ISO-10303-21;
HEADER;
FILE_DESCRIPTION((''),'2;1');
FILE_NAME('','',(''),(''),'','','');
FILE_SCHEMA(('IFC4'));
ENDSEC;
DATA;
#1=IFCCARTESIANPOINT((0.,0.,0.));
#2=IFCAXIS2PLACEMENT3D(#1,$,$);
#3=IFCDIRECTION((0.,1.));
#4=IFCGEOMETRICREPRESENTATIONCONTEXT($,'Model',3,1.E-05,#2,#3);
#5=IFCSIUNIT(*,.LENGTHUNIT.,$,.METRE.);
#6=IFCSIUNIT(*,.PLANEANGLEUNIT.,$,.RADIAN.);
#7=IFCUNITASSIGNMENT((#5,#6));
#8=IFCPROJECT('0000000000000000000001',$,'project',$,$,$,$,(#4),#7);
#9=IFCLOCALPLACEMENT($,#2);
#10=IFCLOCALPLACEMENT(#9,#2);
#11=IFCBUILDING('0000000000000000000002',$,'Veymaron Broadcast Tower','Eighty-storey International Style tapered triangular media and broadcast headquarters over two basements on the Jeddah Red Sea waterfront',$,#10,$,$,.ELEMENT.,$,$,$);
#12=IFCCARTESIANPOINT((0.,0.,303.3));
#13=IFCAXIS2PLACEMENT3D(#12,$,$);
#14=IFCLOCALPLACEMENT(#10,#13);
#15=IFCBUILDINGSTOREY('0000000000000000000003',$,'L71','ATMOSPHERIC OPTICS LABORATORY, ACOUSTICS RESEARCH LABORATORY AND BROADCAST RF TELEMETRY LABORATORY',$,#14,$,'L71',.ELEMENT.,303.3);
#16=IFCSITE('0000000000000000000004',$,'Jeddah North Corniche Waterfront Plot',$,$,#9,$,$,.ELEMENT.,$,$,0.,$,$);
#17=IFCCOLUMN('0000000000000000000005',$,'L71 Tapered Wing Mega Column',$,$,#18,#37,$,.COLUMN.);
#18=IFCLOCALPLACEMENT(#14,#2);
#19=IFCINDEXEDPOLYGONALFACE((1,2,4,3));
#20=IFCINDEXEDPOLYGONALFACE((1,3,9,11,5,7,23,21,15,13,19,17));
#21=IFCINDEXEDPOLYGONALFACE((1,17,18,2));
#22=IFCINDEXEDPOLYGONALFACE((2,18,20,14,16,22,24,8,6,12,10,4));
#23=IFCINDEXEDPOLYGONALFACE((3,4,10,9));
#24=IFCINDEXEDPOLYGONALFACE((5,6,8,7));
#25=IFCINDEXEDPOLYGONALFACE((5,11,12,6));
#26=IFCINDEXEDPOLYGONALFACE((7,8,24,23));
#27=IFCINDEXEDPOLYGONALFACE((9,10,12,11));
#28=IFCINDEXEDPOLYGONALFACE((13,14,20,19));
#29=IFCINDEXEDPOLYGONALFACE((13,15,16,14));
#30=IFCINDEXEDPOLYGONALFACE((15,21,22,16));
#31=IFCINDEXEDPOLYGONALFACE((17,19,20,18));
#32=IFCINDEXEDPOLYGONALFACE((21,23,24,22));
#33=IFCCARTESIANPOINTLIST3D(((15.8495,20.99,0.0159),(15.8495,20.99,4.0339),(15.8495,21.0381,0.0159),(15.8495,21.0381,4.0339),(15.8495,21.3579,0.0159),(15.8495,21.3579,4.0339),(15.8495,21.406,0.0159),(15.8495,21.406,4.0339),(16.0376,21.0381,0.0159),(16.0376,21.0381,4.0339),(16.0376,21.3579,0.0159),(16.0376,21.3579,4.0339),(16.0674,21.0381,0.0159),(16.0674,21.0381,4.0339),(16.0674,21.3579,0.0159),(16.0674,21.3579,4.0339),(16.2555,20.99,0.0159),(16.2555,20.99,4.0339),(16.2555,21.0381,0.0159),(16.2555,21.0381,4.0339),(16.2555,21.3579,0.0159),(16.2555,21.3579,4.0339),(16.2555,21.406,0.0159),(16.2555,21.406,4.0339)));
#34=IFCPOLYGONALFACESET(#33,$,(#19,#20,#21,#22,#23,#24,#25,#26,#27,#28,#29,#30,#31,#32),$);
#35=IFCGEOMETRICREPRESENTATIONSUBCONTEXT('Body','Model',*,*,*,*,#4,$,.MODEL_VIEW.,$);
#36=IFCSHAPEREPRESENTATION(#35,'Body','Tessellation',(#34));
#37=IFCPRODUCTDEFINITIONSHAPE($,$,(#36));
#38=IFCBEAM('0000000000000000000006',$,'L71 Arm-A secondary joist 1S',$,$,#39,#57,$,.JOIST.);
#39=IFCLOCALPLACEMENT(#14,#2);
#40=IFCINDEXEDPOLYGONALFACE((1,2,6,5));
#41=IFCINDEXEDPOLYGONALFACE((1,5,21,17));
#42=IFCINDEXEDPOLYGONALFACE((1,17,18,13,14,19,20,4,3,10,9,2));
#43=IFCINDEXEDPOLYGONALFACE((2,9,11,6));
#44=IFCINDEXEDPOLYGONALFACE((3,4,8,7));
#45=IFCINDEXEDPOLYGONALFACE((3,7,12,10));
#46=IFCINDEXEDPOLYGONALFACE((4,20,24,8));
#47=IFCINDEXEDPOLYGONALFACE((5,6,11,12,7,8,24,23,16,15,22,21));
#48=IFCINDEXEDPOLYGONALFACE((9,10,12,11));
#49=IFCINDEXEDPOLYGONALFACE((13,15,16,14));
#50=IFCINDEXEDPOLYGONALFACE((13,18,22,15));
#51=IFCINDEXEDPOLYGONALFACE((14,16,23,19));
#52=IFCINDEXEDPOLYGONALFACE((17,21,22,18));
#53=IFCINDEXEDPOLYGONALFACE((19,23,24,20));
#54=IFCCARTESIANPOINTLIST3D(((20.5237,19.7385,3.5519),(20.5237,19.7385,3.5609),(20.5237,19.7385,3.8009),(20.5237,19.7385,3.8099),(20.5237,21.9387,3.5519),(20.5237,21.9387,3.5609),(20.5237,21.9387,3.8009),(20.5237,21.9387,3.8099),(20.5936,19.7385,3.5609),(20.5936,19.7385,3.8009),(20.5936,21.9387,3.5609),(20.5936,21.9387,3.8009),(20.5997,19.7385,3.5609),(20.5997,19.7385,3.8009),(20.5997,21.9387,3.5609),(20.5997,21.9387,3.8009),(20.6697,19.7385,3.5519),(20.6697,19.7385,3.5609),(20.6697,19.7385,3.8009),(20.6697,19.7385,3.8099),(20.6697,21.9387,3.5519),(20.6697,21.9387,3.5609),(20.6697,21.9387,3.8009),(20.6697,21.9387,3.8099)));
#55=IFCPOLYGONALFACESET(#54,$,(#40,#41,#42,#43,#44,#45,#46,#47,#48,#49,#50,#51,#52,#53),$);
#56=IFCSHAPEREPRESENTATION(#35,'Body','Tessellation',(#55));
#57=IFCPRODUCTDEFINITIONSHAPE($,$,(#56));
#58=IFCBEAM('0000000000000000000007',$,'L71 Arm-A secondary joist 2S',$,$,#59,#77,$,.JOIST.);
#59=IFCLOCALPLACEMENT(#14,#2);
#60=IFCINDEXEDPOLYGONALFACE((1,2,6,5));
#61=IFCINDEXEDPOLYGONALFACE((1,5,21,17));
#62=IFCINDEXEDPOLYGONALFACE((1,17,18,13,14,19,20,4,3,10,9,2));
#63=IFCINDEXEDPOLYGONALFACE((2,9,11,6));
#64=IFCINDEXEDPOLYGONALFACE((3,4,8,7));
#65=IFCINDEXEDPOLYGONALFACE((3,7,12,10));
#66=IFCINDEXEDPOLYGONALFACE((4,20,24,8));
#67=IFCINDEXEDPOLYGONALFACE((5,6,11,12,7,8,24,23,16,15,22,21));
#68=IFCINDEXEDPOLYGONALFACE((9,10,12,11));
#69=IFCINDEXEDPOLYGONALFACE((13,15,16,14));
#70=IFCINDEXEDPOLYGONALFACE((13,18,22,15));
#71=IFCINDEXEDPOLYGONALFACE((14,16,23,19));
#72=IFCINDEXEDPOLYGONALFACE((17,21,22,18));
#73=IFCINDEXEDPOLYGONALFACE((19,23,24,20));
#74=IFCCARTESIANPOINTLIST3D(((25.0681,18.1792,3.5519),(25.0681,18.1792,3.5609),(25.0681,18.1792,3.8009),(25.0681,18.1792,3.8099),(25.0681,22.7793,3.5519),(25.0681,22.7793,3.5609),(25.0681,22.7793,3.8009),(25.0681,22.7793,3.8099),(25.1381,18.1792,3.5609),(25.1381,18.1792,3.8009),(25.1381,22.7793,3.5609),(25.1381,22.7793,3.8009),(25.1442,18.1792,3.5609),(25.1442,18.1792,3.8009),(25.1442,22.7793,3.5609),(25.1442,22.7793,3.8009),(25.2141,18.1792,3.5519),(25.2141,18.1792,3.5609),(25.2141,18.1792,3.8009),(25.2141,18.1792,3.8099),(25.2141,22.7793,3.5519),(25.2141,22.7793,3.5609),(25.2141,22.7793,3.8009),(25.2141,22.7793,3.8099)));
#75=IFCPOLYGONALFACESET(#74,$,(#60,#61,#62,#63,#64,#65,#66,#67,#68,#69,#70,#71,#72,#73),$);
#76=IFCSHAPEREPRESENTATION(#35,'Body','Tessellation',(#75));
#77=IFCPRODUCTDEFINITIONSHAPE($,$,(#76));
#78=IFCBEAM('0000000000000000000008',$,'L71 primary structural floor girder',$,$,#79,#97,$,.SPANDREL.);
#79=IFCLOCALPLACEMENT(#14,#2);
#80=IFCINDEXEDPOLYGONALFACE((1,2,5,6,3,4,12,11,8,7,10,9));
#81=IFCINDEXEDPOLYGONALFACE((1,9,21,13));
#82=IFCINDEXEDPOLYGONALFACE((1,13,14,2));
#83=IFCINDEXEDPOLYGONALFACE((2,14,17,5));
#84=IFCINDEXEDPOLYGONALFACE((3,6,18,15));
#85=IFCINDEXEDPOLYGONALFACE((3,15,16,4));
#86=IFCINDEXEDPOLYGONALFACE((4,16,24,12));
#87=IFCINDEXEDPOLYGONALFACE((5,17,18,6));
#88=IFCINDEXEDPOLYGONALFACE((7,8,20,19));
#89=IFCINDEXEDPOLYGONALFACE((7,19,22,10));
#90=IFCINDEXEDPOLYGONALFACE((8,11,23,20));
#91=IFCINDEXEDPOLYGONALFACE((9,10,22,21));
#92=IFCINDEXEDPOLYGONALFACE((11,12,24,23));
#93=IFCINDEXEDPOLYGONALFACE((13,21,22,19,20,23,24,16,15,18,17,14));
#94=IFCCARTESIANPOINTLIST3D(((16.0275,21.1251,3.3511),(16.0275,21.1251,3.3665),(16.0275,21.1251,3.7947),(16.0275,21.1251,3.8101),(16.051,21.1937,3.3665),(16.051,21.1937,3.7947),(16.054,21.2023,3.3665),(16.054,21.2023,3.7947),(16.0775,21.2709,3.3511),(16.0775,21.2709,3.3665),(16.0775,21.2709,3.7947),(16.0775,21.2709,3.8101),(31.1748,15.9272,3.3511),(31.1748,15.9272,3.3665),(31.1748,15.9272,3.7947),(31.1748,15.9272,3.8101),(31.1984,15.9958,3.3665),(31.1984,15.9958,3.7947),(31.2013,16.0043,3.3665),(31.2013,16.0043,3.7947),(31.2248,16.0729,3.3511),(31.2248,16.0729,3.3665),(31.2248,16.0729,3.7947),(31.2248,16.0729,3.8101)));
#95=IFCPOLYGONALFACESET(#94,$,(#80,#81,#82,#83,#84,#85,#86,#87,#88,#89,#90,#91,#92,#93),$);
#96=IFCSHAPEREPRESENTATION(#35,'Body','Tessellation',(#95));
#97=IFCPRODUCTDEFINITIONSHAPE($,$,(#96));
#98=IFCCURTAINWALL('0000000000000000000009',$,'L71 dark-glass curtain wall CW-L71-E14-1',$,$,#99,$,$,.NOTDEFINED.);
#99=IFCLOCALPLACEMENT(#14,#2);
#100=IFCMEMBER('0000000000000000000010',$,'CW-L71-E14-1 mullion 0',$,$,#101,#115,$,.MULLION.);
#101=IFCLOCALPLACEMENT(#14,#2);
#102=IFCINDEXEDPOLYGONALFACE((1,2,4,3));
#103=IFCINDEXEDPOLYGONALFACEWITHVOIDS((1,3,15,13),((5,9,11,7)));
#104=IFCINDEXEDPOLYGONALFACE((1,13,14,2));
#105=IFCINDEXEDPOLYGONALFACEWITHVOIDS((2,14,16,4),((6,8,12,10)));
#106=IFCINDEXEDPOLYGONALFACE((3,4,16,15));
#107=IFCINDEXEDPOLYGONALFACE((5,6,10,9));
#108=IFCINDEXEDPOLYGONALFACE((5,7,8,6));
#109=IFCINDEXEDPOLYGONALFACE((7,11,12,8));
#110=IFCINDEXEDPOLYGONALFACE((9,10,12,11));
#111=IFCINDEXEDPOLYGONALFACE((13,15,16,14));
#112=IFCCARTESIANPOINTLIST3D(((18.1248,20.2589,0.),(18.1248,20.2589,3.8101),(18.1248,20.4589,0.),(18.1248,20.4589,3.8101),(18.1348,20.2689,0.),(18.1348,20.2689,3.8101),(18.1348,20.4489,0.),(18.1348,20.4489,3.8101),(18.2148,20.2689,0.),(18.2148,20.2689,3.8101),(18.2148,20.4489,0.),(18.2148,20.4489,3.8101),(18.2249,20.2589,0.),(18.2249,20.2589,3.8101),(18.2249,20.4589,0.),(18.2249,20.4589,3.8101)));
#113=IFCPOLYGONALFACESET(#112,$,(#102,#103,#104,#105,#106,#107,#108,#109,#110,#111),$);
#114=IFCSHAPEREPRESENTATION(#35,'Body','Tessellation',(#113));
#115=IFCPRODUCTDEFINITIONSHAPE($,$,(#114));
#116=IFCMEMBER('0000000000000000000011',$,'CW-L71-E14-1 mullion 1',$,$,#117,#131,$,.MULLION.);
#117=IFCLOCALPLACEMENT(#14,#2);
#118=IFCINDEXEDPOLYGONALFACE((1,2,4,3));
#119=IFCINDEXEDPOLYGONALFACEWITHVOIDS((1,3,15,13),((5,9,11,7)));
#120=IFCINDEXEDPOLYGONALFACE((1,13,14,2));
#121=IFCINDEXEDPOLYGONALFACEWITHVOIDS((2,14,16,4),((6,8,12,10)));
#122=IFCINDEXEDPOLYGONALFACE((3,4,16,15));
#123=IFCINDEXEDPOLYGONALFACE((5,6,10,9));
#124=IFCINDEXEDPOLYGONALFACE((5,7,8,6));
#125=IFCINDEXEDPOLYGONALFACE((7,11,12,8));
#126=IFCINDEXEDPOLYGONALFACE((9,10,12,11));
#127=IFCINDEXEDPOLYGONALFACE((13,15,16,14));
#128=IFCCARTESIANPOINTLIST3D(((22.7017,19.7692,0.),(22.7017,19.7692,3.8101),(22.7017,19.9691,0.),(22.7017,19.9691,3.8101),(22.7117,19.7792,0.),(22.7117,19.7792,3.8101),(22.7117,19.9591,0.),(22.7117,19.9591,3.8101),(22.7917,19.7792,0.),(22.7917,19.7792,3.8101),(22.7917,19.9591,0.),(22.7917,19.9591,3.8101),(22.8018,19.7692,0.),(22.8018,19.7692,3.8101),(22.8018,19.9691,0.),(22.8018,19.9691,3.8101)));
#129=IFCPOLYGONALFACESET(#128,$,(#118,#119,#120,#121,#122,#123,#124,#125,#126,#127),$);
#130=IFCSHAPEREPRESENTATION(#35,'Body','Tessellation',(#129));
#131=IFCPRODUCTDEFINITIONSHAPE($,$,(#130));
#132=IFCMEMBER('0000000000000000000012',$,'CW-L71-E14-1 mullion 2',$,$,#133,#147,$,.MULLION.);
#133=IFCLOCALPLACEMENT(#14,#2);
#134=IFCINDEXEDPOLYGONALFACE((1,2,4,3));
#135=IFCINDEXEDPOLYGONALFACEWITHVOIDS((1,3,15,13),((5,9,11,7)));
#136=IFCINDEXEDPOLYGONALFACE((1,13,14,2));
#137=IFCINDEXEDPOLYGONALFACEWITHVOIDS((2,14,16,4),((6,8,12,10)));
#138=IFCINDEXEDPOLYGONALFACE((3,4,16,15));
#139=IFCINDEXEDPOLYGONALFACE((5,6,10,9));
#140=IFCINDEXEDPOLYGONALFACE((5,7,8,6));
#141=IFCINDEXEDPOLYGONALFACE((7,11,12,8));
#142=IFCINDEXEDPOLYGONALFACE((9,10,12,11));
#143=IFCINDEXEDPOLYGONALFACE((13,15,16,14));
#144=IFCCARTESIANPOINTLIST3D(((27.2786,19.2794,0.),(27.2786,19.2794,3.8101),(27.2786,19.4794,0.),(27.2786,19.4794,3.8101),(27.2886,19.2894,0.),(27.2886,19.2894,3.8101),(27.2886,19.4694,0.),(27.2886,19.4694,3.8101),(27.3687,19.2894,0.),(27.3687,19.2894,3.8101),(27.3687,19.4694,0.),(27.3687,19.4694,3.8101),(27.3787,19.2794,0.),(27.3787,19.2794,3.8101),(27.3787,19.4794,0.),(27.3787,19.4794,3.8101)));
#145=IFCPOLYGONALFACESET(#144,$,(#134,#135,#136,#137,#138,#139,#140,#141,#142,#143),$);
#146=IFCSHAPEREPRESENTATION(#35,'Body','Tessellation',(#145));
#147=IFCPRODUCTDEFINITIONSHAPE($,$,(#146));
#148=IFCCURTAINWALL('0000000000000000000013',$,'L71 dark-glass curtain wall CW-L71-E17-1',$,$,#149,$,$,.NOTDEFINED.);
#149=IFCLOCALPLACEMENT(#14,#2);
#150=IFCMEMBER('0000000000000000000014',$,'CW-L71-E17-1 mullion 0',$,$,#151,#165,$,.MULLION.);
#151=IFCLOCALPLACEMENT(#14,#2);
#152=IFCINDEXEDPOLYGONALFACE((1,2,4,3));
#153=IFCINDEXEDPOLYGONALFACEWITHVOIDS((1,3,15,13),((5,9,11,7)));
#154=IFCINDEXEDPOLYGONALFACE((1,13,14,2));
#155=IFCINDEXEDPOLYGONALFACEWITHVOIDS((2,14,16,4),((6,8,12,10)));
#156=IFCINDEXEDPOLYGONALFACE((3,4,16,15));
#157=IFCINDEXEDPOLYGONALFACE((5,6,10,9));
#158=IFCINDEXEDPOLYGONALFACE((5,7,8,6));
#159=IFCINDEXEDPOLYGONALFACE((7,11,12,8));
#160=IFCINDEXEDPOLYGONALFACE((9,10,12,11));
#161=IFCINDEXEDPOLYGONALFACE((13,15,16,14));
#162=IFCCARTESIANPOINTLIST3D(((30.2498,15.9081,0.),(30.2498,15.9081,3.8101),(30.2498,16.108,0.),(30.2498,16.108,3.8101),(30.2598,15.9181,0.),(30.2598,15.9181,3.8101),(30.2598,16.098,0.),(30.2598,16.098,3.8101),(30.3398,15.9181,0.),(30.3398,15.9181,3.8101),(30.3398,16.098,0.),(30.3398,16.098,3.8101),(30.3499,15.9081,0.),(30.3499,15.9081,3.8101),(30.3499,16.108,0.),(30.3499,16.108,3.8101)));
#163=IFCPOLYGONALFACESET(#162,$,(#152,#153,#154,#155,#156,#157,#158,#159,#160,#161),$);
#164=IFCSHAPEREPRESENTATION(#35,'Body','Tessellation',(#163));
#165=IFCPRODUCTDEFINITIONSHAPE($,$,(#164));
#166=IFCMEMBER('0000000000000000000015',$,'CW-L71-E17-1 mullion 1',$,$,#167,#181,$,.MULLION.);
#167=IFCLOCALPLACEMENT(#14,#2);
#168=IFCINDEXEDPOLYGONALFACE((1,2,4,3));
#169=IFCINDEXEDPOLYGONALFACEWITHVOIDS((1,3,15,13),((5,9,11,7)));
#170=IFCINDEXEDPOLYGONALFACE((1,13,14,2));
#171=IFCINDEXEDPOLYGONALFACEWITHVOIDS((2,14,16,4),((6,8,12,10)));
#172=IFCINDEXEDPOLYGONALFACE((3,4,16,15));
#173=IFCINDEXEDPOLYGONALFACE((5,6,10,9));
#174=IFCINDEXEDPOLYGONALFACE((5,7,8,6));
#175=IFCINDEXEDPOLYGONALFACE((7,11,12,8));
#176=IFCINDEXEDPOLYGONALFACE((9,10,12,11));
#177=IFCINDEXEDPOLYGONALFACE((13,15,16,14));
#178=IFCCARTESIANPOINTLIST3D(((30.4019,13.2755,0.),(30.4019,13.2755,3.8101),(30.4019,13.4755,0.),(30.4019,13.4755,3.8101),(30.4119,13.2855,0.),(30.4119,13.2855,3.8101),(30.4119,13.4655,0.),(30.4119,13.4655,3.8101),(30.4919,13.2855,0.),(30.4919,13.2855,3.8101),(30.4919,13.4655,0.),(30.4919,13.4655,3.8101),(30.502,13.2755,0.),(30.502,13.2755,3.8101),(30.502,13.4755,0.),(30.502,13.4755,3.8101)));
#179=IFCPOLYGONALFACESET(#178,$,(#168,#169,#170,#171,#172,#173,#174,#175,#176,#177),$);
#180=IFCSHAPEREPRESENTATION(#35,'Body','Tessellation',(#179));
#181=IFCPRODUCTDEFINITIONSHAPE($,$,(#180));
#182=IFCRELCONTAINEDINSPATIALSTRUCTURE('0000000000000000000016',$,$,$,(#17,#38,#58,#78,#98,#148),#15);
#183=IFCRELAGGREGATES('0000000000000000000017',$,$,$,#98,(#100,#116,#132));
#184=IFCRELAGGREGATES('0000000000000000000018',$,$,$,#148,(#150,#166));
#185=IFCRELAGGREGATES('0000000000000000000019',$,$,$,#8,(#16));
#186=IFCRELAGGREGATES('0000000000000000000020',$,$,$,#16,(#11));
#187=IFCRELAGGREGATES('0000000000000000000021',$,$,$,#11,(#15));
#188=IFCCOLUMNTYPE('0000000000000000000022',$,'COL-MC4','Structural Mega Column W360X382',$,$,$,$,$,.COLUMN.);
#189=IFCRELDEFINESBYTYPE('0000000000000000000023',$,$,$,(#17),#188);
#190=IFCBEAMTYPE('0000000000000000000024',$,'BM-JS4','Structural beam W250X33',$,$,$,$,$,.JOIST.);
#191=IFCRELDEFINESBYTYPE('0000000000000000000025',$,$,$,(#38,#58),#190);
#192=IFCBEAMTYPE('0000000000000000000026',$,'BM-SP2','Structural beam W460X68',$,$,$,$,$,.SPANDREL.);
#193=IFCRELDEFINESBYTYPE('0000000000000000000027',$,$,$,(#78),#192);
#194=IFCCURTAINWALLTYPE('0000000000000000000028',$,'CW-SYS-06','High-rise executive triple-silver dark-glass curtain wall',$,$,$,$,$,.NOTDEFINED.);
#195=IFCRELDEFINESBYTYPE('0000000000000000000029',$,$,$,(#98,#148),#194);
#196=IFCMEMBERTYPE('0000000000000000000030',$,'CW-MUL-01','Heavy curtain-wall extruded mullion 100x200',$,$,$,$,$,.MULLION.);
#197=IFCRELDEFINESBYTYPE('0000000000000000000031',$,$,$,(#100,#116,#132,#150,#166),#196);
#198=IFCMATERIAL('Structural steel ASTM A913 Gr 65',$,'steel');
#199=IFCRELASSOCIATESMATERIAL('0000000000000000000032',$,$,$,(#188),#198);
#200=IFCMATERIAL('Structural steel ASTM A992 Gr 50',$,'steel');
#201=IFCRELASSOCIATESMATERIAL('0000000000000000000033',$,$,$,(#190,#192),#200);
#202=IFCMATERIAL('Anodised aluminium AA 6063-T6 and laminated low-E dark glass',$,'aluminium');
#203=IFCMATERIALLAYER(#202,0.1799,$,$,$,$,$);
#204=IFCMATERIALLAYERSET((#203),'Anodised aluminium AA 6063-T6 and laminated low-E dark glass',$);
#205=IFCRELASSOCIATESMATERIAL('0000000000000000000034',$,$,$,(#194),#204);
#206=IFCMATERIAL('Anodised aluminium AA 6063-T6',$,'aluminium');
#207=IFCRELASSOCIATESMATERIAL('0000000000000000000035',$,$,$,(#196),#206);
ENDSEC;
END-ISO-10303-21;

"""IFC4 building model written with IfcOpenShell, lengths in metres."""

from ifc_helpers import new_model, si_unit, direction, frame, origin, origin_2d, place, context, subcontext, project, spatial, hollow_rectangle, i_section, extrude, material, layer, layer_set, material_profile, profile_set, type_object, element, aggregate, save


model = new_model("IFC4")

# Units and contexts
model_context = context("Model", 3, precision=1e-05, world=origin(), true_north=direction((0.0, 1.0)))
body_context = subcontext(model_context, "Body", "Model", "MODEL_VIEW")
ifc_project = project(units=[si_unit("LENGTHUNIT", "METRE"), si_unit("PLANEANGLEUNIT", "RADIAN")], contexts=[model_context])

# Site, building, storey
site_placement = place(None, origin())
site = spatial("IfcSite", under=ifc_project, at=site_placement, Name="Jeddah North Corniche Waterfront Plot", CompositionType="ELEMENT", RefElevation=0.0)
building_placement = place(site_placement, origin())
building = spatial("IfcBuilding", under=site, at=building_placement, Name="Veymaron Broadcast Tower", Description="Eighty-storey International Style tapered triangular media and broadcast headquarters over two basements on the Jeddah Red Sea waterfront", CompositionType="ELEMENT")
storey_placement = place(building_placement, frame((0.0, 0.0, 303.3)))
storey = spatial("IfcBuildingStorey", under=building, at=storey_placement, Name="L71", Description="ATMOSPHERIC OPTICS LABORATORY, ACOUSTICS RESEARCH LABORATORY AND BROADCAST RF TELEMETRY LABORATORY", LongName="L71", CompositionType="ELEMENT", Elevation=303.3)

# Column
ifc_material_1 = material(Name="Structural steel ASTM A913 Gr 65", Category="steel")
ifc_material_profile_1 = material_profile(ifc_material_1, i_section(OverallWidth=0.406, OverallDepth=0.416, WebThickness=0.0298, FlangeThickness=0.0481, at=origin_2d()), Name="W360X382")
ifc_profile_set_1 = profile_set([ifc_material_profile_1], Name="Structural steel ASTM A913 Gr 65")
column_type = type_object("IfcColumnType", Name="COL-MC4", Description="Structural Mega Column W360X382", PredefinedType="COLUMN", material=ifc_profile_set_1)
column_placement = place(storey_placement, frame((16.0525, 21.198, 0.0159), z_axis=(0.0, 0.0, 1.0), x_axis=(1.0, 0.0, 0.0)))
element("IfcColumn", 1, at=column_placement, inside=storey, type_object=column_type, Name="L71 Tapered Wing Mega Column", PredefinedType="COLUMN", context=body_context, shape_type="SweptSolid", body=[
    extrude(i_section(OverallWidth=0.406, OverallDepth=0.416, WebThickness=0.0298, FlangeThickness=0.0481, at=origin_2d()), origin(), (0.0, 0.0, 1.0), 4.0181),
])

# Beams
ifc_material_2 = material(Name="Structural steel ASTM A992 Gr 50", Category="steel")
ifc_material_profile_2 = material_profile(ifc_material_2, i_section(OverallWidth=0.146, OverallDepth=0.2581, WebThickness=0.0061, FlangeThickness=0.009, at=origin_2d()), Name="W250X33")
ifc_profile_set_2 = profile_set([ifc_material_profile_2], Name="Structural steel ASTM A992 Gr 50")
beam_type_1 = type_object("IfcBeamType", Name="BM-JS4", Description="Structural beam W250X33", PredefinedType="JOIST", material=ifc_profile_set_2)
beam_1_placement = place(storey_placement, frame((20.5967, 19.7385, 3.6809), z_axis=(0.0, 1.0, 0.0), x_axis=(-1.0, 0.0, 0.0)))
element("IfcBeam", 2, at=beam_1_placement, inside=storey, type_object=beam_type_1, Name="L71 Arm-A secondary joist 1S", PredefinedType="JOIST", context=body_context, shape_type="SweptSolid", body=[
    extrude(i_section(OverallWidth=0.146, OverallDepth=0.2581, WebThickness=0.0061, FlangeThickness=0.009, at=origin_2d()), origin(), (0.0, 0.0, 1.0), 2.2002),
])
beam_2_placement = place(storey_placement, frame((25.1411, 18.1792, 3.6809), z_axis=(0.0, 1.0, 0.0), x_axis=(-1.0, 0.0, 0.0)))
element("IfcBeam", 3, at=beam_2_placement, inside=storey, type_object=beam_type_1, Name="L71 Arm-A secondary joist 2S", PredefinedType="JOIST", context=body_context, shape_type="SweptSolid", body=[
    extrude(i_section(OverallWidth=0.146, OverallDepth=0.2581, WebThickness=0.0061, FlangeThickness=0.009, at=origin_2d()), origin(), (0.0, 0.0, 1.0), 4.6001),
])
ifc_material_profile_3 = material_profile(ifc_material_2, i_section(OverallWidth=0.1541, OverallDepth=0.459, WebThickness=0.009, FlangeThickness=0.0154, at=origin_2d()), Name="W460X68")
ifc_profile_set_3 = profile_set([ifc_material_profile_3], Name="Structural steel ASTM A992 Gr 50")
beam_type_2 = type_object("IfcBeamType", Name="BM-SP2", Description="Structural beam W460X68", PredefinedType="SPANDREL", material=ifc_profile_set_3)
beam_3_placement = place(storey_placement, frame((16.0525, 21.198, 3.5806), z_axis=(0.945858, -0.32458, 0.0), x_axis=(0.32458, 0.945858, 0.0)))
element("IfcBeam", 4, at=beam_3_placement, inside=storey, type_object=beam_type_2, Name="L71 primary structural floor girder", PredefinedType="SPANDREL", context=body_context, shape_type="SweptSolid", body=[
    extrude(i_section(OverallWidth=0.1541, OverallDepth=0.459, WebThickness=0.009, FlangeThickness=0.0154, at=origin_2d()), origin(), (0.0, 0.0, 1.0), 16.0144),
])

# Curtain walls, members
ifc_material_3 = material(Name="Anodised aluminium AA 6063-T6 and laminated low-E dark glass", Category="aluminium")
ifc_layer_1 = layer(ifc_material_3, 0.1799)
ifc_layer_set_1 = layer_set([ifc_layer_1], Name="Anodised aluminium AA 6063-T6 and laminated low-E dark glass")
curtain_wall_type = type_object("IfcCurtainWallType", Name="CW-SYS-06", Description="High-rise executive triple-silver dark-glass curtain wall", PredefinedType="NOTDEFINED", material=ifc_layer_set_1)
curtain_wall_1_placement = place(storey_placement, origin())
curtain_wall_1 = element("IfcCurtainWall", 5, at=curtain_wall_1_placement, inside=storey, type_object=curtain_wall_type, Name="L71 dark-glass curtain wall CW-L71-E14-1", PredefinedType="NOTDEFINED")
ifc_material_4 = material(Name="Anodised aluminium AA 6063-T6", Category="aluminium")
ifc_material_profile_4 = material_profile(ifc_material_4, hollow_rectangle(XDim=0.1001, YDim=0.2, WallThickness=0.01, at=origin_2d()), Name="RHS200X100X10")
ifc_profile_set_4 = profile_set([ifc_material_profile_4], Name="Anodised aluminium AA 6063-T6")
member_type_1 = type_object("IfcMemberType", Name="CW-MUL-01", Description="Heavy curtain-wall extruded mullion 100x200", PredefinedType="MULLION", material=ifc_profile_set_4)
member_1_placement = place(storey_placement, frame((18.1748, 20.3589, 0.0), z_axis=(0.0, 0.0, 1.0), x_axis=(1.0, 0.0, 0.0)))
member_1 = element("IfcMember", 6, at=member_1_placement, type_object=member_type_1, Name="CW-L71-E14-1 mullion 0", PredefinedType="MULLION", context=body_context, shape_type="SweptSolid", body=[
    extrude(hollow_rectangle(XDim=0.1001, YDim=0.2, WallThickness=0.01, at=origin_2d()), origin(), (0.0, 0.0, 1.0), 3.8101),
])
member_2_placement = place(storey_placement, frame((22.7517, 19.8691, 0.0), z_axis=(0.0, 0.0, 1.0), x_axis=(1.0, 0.0, 0.0)))
member_2 = element("IfcMember", 7, at=member_2_placement, type_object=member_type_1, Name="CW-L71-E14-1 mullion 1", PredefinedType="MULLION", context=body_context, shape_type="SweptSolid", body=[
    extrude(hollow_rectangle(XDim=0.1001, YDim=0.2, WallThickness=0.01, at=origin_2d()), origin(), (0.0, 0.0, 1.0), 3.8101),
])
member_3_placement = place(storey_placement, frame((27.3286, 19.3794, 0.0), z_axis=(0.0, 0.0, 1.0), x_axis=(1.0, 0.0, 0.0)))
member_3 = element("IfcMember", 8, at=member_3_placement, type_object=member_type_1, Name="CW-L71-E14-1 mullion 2", PredefinedType="MULLION", context=body_context, shape_type="SweptSolid", body=[
    extrude(hollow_rectangle(XDim=0.1001, YDim=0.2, WallThickness=0.01, at=origin_2d()), origin(), (0.0, 0.0, 1.0), 3.8101),
])
curtain_wall_2_placement = place(storey_placement, origin())
curtain_wall_2 = element("IfcCurtainWall", 9, at=curtain_wall_2_placement, inside=storey, type_object=curtain_wall_type, Name="L71 dark-glass curtain wall CW-L71-E17-1", PredefinedType="NOTDEFINED")
member_4_placement = place(storey_placement, frame((30.2998, 16.0081, 0.0), z_axis=(0.0, 0.0, 1.0), x_axis=(1.0, 0.0, 0.0)))
member_4 = element("IfcMember", 10, at=member_4_placement, type_object=member_type_1, Name="CW-L71-E17-1 mullion 0", PredefinedType="MULLION", context=body_context, shape_type="SweptSolid", body=[
    extrude(hollow_rectangle(XDim=0.1001, YDim=0.2, WallThickness=0.01, at=origin_2d()), origin(), (0.0, 0.0, 1.0), 3.8101),
])
member_5_placement = place(storey_placement, frame((30.4519, 13.3755, 0.0), z_axis=(0.0, 0.0, 1.0), x_axis=(1.0, 0.0, 0.0)))
member_5 = element("IfcMember", 11, at=member_5_placement, type_object=member_type_1, Name="CW-L71-E17-1 mullion 1", PredefinedType="MULLION", context=body_context, shape_type="SweptSolid", body=[
    extrude(hollow_rectangle(XDim=0.1001, YDim=0.2, WallThickness=0.01, at=origin_2d()), origin(), (0.0, 0.0, 1.0), 3.8101),
])

aggregate(curtain_wall_1, [member_1, member_2, member_3])
aggregate(curtain_wall_2, [member_4, member_5])

save(model, "model.ifc")
